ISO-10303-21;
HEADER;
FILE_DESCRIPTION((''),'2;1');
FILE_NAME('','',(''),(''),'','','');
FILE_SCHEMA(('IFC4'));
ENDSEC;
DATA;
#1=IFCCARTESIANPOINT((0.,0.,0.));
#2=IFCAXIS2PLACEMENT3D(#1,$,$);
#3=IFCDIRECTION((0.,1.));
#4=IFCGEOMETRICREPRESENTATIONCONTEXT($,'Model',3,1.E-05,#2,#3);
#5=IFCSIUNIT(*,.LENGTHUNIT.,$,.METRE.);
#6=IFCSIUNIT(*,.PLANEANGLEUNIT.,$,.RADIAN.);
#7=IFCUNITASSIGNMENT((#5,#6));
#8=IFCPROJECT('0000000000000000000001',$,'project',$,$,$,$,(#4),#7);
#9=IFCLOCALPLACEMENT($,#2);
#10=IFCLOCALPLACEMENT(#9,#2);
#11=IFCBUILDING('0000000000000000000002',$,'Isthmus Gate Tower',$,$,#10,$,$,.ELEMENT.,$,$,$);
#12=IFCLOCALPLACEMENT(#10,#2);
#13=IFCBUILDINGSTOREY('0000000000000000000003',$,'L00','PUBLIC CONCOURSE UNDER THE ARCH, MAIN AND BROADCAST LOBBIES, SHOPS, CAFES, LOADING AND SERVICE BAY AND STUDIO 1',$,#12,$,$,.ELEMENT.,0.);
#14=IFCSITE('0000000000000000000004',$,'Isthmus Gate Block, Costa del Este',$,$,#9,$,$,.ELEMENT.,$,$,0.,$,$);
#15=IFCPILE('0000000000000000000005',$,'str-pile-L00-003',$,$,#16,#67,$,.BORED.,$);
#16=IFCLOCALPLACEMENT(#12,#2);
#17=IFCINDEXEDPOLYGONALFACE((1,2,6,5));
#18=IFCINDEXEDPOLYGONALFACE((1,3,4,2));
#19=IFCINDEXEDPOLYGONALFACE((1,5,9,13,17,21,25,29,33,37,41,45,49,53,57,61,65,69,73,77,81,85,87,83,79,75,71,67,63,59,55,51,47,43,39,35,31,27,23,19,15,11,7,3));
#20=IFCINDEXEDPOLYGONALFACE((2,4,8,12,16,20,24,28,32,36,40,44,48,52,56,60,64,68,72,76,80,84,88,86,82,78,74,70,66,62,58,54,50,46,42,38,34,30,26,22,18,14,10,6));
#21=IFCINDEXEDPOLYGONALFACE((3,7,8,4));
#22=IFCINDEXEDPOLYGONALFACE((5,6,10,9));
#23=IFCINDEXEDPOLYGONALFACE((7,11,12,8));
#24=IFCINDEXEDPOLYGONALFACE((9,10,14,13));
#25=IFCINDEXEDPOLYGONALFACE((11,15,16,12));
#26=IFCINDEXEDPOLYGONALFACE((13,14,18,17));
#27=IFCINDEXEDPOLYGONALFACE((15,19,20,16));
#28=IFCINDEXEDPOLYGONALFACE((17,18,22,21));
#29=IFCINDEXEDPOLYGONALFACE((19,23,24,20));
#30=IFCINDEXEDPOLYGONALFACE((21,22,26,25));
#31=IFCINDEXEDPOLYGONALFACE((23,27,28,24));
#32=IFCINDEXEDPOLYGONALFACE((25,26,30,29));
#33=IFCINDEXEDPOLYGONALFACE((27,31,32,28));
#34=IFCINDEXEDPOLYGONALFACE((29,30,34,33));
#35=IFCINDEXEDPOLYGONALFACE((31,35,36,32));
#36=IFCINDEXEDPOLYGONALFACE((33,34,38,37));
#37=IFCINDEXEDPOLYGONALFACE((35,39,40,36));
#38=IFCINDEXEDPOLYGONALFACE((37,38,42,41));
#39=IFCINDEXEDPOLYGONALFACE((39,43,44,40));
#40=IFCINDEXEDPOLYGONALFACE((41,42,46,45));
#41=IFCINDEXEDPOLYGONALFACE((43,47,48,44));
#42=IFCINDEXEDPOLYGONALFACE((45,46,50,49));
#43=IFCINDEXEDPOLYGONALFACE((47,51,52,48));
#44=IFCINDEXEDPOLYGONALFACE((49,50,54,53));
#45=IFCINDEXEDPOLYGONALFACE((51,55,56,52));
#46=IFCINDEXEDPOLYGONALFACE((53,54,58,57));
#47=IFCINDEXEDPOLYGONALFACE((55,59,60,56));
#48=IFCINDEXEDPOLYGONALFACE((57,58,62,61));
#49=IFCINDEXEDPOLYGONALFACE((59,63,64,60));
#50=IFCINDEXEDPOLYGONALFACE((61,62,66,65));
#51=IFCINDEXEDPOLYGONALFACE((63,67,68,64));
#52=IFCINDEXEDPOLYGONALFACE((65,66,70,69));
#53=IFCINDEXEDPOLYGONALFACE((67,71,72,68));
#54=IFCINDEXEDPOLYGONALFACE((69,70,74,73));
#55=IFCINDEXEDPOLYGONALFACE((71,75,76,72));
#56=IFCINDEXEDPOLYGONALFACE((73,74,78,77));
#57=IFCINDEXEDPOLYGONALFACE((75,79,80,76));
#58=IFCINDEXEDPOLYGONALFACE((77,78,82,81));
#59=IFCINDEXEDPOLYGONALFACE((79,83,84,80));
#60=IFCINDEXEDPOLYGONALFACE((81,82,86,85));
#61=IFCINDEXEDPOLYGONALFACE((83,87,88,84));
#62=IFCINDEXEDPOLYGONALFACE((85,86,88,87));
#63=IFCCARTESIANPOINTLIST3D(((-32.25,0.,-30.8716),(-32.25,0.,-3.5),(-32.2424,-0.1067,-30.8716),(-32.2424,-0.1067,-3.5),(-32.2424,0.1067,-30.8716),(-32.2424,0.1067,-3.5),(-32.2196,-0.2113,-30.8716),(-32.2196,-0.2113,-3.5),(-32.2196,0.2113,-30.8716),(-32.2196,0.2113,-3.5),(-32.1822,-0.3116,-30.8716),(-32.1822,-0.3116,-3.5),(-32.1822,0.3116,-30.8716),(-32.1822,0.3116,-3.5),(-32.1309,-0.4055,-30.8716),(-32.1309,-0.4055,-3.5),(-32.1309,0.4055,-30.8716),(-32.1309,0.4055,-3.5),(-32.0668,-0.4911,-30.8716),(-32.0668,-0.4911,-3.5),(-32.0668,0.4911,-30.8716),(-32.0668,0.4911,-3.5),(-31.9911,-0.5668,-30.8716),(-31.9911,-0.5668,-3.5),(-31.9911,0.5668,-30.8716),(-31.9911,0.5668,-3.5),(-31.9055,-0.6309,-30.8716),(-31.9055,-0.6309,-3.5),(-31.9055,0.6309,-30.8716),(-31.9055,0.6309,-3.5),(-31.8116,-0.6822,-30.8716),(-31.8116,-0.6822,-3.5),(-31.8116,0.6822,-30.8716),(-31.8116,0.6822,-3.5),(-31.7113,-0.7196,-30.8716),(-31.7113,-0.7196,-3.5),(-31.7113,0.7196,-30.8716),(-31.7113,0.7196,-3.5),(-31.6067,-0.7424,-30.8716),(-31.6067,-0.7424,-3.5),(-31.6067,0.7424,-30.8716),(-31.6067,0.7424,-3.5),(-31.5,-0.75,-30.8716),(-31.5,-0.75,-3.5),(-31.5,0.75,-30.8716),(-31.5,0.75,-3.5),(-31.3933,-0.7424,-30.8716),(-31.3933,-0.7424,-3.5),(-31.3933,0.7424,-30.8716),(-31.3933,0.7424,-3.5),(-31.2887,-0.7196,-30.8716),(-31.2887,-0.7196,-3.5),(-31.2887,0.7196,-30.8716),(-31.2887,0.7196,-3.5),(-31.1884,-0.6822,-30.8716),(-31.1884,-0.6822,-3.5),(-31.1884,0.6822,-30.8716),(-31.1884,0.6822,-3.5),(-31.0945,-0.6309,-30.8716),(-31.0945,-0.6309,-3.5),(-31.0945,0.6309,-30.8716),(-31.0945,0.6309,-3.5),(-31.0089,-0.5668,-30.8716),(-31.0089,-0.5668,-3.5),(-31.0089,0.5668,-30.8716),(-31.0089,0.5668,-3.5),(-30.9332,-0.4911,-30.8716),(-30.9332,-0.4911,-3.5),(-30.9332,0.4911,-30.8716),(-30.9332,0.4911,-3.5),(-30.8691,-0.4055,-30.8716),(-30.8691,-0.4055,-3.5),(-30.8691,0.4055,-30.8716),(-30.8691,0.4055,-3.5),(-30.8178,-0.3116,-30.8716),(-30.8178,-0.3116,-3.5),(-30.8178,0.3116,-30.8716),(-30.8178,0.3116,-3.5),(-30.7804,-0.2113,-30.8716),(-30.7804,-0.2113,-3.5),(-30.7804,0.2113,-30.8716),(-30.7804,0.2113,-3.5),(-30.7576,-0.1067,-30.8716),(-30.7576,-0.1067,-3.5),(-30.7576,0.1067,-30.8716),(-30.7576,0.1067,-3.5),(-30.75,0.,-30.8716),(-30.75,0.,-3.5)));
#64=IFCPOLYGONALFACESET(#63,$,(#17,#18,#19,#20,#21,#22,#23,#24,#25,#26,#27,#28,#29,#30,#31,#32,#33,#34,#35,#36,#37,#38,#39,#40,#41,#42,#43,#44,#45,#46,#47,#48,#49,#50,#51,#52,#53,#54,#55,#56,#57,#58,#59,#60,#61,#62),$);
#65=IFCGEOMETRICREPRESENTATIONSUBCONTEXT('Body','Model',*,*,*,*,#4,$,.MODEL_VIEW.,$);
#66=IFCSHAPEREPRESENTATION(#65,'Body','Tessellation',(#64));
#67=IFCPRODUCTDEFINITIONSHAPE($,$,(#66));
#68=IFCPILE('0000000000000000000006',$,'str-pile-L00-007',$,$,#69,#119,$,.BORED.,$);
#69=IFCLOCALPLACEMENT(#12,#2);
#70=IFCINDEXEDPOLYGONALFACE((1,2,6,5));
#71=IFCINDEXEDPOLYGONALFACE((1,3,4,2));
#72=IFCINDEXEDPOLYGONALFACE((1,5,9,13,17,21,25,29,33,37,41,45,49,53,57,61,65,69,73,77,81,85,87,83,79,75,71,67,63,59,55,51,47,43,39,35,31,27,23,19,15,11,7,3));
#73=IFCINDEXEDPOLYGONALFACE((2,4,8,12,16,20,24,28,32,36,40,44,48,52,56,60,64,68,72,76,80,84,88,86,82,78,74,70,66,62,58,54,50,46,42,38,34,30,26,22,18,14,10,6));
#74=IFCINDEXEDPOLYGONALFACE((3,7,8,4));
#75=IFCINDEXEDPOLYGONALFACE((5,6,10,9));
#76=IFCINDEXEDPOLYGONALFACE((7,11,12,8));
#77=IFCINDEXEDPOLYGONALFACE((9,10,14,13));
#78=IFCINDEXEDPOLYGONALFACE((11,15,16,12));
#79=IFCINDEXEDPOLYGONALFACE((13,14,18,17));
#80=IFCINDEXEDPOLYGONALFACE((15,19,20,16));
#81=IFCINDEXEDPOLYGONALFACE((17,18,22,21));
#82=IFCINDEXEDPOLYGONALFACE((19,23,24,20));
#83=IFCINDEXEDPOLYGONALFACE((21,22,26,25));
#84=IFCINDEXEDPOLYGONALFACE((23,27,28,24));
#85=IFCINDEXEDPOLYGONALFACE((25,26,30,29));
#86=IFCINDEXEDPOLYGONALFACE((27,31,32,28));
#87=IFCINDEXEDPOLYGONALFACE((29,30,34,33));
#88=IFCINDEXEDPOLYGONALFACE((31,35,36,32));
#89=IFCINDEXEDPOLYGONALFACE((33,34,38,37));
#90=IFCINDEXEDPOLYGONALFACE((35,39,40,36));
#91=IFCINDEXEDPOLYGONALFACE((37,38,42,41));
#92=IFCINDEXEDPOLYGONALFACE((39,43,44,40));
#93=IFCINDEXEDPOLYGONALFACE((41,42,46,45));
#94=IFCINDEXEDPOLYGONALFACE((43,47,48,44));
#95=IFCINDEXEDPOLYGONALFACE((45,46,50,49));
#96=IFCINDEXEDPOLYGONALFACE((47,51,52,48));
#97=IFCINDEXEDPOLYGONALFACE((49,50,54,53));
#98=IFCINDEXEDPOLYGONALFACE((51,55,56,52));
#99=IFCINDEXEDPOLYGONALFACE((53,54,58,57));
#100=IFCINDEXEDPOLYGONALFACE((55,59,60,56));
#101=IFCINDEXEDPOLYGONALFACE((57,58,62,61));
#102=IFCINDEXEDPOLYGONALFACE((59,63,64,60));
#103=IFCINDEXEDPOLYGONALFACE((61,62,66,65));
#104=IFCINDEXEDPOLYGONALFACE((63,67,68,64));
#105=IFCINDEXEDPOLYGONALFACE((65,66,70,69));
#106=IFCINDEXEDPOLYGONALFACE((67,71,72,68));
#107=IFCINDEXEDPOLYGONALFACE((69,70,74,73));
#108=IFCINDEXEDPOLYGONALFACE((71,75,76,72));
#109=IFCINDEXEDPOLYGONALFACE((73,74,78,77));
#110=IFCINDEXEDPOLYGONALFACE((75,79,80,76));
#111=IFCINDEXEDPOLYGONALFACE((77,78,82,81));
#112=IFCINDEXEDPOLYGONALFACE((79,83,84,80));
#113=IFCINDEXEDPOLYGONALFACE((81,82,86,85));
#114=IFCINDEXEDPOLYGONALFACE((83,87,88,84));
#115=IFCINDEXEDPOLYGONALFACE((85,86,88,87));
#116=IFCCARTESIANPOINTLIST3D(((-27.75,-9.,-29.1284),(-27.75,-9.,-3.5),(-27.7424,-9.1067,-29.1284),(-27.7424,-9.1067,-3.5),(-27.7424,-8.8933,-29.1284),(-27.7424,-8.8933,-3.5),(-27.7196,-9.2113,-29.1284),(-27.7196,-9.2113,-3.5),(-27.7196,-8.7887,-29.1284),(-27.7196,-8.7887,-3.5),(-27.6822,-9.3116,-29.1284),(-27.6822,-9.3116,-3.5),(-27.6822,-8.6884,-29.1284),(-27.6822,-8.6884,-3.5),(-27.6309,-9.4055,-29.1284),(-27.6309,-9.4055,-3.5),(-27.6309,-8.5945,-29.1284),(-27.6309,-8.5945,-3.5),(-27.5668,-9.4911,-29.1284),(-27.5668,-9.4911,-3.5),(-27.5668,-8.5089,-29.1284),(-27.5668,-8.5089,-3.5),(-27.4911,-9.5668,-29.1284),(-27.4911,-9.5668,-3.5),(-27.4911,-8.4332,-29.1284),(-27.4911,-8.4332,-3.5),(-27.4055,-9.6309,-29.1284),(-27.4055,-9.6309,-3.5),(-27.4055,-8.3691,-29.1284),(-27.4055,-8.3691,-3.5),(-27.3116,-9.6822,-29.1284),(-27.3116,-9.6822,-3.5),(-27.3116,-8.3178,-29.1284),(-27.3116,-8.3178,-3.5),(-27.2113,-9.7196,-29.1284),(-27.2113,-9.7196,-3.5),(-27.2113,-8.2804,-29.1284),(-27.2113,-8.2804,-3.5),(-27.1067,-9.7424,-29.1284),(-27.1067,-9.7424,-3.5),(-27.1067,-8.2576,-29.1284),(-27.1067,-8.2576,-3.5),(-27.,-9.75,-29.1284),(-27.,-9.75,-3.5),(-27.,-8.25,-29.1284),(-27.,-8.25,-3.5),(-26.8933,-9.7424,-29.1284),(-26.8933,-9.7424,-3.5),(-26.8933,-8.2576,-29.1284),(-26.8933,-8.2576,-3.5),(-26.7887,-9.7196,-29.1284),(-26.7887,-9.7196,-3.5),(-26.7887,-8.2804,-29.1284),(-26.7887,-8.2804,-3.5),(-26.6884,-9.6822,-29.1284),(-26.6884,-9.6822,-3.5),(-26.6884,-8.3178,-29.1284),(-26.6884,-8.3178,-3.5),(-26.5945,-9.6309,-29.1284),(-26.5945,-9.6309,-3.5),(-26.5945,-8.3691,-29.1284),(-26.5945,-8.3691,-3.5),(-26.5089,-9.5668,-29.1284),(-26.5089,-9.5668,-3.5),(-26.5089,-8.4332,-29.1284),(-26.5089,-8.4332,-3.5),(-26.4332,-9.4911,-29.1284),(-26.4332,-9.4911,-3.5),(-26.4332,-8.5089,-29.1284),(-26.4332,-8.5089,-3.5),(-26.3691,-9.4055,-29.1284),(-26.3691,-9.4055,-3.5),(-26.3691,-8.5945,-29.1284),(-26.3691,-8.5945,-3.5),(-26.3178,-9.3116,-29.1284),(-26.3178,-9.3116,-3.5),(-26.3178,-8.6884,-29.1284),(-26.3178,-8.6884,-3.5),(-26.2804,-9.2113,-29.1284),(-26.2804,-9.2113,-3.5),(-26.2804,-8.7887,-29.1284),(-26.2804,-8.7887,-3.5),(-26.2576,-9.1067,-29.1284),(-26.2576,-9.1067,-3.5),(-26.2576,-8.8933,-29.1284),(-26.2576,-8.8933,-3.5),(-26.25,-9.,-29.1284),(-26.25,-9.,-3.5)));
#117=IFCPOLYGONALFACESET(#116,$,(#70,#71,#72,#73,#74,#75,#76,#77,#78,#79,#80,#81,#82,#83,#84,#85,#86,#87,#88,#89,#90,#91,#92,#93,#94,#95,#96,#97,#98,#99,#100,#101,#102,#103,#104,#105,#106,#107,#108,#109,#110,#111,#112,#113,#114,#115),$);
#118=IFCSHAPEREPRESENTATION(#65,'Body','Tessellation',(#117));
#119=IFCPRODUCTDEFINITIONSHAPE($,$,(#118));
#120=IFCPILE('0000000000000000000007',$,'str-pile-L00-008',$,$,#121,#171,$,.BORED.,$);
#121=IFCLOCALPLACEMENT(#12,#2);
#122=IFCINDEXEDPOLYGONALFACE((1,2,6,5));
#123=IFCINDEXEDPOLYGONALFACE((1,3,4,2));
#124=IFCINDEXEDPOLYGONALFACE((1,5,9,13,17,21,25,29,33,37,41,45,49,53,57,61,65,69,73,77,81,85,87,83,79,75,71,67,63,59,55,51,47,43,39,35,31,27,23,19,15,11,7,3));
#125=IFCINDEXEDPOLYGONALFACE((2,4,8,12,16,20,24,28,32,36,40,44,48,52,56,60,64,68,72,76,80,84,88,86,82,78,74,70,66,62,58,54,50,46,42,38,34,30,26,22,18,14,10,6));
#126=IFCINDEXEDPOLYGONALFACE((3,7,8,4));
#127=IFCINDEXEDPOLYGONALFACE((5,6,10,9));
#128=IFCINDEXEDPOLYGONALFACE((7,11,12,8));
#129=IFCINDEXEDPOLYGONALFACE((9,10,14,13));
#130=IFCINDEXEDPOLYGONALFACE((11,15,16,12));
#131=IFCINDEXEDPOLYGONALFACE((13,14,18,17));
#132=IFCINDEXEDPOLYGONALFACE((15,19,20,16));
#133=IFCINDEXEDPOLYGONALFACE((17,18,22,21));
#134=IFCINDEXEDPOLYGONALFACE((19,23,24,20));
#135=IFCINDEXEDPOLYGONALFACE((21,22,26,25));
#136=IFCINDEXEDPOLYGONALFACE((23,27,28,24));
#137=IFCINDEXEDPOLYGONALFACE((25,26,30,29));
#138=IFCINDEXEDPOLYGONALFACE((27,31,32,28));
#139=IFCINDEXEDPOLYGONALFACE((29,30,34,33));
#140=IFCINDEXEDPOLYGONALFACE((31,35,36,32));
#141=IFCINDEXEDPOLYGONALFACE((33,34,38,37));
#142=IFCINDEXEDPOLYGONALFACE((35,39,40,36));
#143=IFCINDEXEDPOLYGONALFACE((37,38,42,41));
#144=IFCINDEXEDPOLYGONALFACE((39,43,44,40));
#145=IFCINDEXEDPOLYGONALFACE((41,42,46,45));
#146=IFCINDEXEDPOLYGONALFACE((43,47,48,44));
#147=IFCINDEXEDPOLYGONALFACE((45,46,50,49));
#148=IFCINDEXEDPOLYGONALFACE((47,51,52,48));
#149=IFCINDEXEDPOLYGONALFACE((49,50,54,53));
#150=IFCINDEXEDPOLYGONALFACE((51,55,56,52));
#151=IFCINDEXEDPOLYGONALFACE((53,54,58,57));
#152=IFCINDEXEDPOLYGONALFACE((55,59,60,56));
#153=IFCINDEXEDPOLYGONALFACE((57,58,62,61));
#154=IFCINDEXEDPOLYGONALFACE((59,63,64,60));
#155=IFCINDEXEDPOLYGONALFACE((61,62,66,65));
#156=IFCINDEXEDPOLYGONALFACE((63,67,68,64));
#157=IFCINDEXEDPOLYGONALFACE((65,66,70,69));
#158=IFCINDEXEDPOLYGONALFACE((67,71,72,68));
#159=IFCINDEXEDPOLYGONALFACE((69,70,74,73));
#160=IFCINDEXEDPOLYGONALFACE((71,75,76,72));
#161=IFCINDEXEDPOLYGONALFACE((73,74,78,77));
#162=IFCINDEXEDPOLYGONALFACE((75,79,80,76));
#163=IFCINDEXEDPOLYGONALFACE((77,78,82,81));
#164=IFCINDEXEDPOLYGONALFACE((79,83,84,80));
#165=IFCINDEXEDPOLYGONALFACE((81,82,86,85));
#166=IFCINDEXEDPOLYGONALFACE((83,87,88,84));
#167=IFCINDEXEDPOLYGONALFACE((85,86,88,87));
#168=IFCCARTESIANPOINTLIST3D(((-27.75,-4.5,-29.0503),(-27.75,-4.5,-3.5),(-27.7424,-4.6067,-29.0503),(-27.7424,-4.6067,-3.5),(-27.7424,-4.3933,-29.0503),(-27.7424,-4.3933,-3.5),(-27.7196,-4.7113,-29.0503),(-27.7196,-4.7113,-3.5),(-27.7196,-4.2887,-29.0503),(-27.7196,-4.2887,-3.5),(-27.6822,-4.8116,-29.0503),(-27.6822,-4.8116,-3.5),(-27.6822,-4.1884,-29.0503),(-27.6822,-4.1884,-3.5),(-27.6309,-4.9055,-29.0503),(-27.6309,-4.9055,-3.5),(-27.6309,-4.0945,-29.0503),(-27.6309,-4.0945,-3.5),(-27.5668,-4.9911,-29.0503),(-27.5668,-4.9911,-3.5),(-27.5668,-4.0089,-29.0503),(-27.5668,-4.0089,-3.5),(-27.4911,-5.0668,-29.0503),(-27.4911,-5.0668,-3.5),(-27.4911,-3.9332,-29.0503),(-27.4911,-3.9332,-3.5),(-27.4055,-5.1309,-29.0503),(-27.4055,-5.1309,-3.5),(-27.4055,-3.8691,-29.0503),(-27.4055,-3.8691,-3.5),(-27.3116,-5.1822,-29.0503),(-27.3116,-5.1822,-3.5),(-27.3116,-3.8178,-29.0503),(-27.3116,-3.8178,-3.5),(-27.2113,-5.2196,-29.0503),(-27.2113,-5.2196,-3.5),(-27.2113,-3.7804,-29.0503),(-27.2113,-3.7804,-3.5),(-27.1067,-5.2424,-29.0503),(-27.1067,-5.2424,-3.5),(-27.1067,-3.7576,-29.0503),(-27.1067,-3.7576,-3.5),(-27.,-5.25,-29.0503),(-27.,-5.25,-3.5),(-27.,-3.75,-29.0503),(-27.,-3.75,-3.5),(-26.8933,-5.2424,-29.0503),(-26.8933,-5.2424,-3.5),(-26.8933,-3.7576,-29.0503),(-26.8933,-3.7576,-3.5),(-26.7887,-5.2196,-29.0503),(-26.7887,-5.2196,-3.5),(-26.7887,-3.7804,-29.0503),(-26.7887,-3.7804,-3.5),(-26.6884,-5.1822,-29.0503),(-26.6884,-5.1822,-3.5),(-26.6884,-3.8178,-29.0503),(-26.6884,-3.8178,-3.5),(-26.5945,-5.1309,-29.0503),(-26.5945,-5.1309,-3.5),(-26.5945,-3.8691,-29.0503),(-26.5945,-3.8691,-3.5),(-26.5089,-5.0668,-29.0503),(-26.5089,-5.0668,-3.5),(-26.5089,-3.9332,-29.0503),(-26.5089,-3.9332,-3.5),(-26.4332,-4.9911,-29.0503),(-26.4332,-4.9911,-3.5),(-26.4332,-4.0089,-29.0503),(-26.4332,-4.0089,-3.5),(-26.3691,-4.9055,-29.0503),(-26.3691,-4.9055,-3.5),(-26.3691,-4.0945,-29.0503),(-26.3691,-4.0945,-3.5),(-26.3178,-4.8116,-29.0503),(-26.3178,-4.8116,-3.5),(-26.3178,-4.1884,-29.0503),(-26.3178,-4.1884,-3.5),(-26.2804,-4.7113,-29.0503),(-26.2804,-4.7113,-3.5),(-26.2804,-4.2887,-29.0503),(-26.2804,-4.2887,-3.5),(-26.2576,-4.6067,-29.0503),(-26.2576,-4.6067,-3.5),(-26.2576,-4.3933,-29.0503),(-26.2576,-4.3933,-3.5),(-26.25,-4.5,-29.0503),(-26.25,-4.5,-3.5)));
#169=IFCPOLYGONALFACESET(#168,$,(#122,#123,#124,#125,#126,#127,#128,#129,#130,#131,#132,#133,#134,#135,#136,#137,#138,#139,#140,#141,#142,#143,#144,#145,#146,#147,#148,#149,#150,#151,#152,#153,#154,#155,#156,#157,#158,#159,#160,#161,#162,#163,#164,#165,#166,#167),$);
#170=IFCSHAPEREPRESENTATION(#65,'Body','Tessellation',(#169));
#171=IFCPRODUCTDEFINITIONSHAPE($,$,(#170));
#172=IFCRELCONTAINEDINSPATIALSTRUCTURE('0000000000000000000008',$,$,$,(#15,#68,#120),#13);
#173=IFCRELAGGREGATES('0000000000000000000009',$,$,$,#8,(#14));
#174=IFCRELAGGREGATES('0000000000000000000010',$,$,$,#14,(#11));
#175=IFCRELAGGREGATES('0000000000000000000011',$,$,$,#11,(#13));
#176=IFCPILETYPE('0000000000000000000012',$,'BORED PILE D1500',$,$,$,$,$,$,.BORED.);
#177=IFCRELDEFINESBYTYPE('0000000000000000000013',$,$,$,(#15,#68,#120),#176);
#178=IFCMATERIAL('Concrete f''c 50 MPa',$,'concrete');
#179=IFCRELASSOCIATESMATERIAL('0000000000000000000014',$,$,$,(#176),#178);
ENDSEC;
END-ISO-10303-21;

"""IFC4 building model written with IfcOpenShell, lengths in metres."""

from ifc_helpers import new_model, si_unit, direction, frame, origin, origin_2d, place, context, subcontext, project, spatial, circle, extrude, material, material_profile, profile_set, type_object, element, save


model = new_model("IFC4")

# Units and contexts
model_context = context("Model", 3, precision=1e-05, world=origin(), true_north=direction((0.0, 1.0)))
body_context = subcontext(model_context, "Body", "Model", "MODEL_VIEW")
ifc_project = project(units=[si_unit("LENGTHUNIT", "METRE"), si_unit("PLANEANGLEUNIT", "RADIAN")], contexts=[model_context])

# Site, building, storey
site_placement = place(None, origin())
site = spatial("IfcSite", under=ifc_project, at=site_placement, Name="Isthmus Gate Block, Costa del Este", CompositionType="ELEMENT", RefElevation=0.0)
building_placement = place(site_placement, origin())
building = spatial("IfcBuilding", under=site, at=building_placement, Name="Isthmus Gate Tower", CompositionType="ELEMENT")
storey_placement = place(building_placement, origin())
storey = spatial("IfcBuildingStorey", under=building, at=storey_placement, Name="L00", Description="PUBLIC CONCOURSE UNDER THE ARCH, MAIN AND BROADCAST LOBBIES, SHOPS, CAFES, LOADING AND SERVICE BAY AND STUDIO 1", CompositionType="ELEMENT", Elevation=0.0)

# Piles
ifc_material_1 = material(Name="Concrete f'c 50 MPa", Category="concrete")
ifc_material_profile_1 = material_profile(ifc_material_1, circle(Radius=0.75, at=origin_2d()), Name="D1500")
ifc_profile_set_1 = profile_set([ifc_material_profile_1], Name="Concrete f'c 50 MPa")
pile_type_1 = type_object("IfcPileType", Name="BORED PILE D1500", PredefinedType="BORED", material=ifc_profile_set_1)
pile_1_placement = place(storey_placement, frame((-31.5, 0.0, -3.5), z_axis=(0.0, 0.0, -1.0), x_axis=(1.0, 0.0, 0.0)))
element("IfcPile", 1, at=pile_1_placement, inside=storey, type_object=pile_type_1, Name="str-pile-L00-003", PredefinedType="BORED", context=body_context, shape_type="SweptSolid", body=[
    extrude(circle(Radius=0.75, at=origin_2d()), origin(), (0.0, 0.0, 1.0), 27.3716),
])
pile_2_placement = place(storey_placement, frame((-27.0, -9.0, -3.5), z_axis=(0.0, 0.0, -1.0), x_axis=(1.0, 0.0, 0.0)))
element("IfcPile", 2, at=pile_2_placement, inside=storey, type_object=pile_type_1, Name="str-pile-L00-007", PredefinedType="BORED", context=body_context, shape_type="SweptSolid", body=[
    extrude(circle(Radius=0.75, at=origin_2d()), origin(), (0.0, 0.0, 1.0), 25.6284),
])
pile_3_placement = place(storey_placement, frame((-27.0, -4.5, -3.5), z_axis=(0.0, 0.0, -1.0), x_axis=(1.0, 0.0, 0.0)))
element("IfcPile", 3, at=pile_3_placement, inside=storey, type_object=pile_type_1, Name="str-pile-L00-008", PredefinedType="BORED", context=body_context, shape_type="SweptSolid", body=[
    extrude(circle(Radius=0.75, at=origin_2d()), origin(), (0.0, 0.0, 1.0), 25.5503),
])

save(model, "model.ifc")
